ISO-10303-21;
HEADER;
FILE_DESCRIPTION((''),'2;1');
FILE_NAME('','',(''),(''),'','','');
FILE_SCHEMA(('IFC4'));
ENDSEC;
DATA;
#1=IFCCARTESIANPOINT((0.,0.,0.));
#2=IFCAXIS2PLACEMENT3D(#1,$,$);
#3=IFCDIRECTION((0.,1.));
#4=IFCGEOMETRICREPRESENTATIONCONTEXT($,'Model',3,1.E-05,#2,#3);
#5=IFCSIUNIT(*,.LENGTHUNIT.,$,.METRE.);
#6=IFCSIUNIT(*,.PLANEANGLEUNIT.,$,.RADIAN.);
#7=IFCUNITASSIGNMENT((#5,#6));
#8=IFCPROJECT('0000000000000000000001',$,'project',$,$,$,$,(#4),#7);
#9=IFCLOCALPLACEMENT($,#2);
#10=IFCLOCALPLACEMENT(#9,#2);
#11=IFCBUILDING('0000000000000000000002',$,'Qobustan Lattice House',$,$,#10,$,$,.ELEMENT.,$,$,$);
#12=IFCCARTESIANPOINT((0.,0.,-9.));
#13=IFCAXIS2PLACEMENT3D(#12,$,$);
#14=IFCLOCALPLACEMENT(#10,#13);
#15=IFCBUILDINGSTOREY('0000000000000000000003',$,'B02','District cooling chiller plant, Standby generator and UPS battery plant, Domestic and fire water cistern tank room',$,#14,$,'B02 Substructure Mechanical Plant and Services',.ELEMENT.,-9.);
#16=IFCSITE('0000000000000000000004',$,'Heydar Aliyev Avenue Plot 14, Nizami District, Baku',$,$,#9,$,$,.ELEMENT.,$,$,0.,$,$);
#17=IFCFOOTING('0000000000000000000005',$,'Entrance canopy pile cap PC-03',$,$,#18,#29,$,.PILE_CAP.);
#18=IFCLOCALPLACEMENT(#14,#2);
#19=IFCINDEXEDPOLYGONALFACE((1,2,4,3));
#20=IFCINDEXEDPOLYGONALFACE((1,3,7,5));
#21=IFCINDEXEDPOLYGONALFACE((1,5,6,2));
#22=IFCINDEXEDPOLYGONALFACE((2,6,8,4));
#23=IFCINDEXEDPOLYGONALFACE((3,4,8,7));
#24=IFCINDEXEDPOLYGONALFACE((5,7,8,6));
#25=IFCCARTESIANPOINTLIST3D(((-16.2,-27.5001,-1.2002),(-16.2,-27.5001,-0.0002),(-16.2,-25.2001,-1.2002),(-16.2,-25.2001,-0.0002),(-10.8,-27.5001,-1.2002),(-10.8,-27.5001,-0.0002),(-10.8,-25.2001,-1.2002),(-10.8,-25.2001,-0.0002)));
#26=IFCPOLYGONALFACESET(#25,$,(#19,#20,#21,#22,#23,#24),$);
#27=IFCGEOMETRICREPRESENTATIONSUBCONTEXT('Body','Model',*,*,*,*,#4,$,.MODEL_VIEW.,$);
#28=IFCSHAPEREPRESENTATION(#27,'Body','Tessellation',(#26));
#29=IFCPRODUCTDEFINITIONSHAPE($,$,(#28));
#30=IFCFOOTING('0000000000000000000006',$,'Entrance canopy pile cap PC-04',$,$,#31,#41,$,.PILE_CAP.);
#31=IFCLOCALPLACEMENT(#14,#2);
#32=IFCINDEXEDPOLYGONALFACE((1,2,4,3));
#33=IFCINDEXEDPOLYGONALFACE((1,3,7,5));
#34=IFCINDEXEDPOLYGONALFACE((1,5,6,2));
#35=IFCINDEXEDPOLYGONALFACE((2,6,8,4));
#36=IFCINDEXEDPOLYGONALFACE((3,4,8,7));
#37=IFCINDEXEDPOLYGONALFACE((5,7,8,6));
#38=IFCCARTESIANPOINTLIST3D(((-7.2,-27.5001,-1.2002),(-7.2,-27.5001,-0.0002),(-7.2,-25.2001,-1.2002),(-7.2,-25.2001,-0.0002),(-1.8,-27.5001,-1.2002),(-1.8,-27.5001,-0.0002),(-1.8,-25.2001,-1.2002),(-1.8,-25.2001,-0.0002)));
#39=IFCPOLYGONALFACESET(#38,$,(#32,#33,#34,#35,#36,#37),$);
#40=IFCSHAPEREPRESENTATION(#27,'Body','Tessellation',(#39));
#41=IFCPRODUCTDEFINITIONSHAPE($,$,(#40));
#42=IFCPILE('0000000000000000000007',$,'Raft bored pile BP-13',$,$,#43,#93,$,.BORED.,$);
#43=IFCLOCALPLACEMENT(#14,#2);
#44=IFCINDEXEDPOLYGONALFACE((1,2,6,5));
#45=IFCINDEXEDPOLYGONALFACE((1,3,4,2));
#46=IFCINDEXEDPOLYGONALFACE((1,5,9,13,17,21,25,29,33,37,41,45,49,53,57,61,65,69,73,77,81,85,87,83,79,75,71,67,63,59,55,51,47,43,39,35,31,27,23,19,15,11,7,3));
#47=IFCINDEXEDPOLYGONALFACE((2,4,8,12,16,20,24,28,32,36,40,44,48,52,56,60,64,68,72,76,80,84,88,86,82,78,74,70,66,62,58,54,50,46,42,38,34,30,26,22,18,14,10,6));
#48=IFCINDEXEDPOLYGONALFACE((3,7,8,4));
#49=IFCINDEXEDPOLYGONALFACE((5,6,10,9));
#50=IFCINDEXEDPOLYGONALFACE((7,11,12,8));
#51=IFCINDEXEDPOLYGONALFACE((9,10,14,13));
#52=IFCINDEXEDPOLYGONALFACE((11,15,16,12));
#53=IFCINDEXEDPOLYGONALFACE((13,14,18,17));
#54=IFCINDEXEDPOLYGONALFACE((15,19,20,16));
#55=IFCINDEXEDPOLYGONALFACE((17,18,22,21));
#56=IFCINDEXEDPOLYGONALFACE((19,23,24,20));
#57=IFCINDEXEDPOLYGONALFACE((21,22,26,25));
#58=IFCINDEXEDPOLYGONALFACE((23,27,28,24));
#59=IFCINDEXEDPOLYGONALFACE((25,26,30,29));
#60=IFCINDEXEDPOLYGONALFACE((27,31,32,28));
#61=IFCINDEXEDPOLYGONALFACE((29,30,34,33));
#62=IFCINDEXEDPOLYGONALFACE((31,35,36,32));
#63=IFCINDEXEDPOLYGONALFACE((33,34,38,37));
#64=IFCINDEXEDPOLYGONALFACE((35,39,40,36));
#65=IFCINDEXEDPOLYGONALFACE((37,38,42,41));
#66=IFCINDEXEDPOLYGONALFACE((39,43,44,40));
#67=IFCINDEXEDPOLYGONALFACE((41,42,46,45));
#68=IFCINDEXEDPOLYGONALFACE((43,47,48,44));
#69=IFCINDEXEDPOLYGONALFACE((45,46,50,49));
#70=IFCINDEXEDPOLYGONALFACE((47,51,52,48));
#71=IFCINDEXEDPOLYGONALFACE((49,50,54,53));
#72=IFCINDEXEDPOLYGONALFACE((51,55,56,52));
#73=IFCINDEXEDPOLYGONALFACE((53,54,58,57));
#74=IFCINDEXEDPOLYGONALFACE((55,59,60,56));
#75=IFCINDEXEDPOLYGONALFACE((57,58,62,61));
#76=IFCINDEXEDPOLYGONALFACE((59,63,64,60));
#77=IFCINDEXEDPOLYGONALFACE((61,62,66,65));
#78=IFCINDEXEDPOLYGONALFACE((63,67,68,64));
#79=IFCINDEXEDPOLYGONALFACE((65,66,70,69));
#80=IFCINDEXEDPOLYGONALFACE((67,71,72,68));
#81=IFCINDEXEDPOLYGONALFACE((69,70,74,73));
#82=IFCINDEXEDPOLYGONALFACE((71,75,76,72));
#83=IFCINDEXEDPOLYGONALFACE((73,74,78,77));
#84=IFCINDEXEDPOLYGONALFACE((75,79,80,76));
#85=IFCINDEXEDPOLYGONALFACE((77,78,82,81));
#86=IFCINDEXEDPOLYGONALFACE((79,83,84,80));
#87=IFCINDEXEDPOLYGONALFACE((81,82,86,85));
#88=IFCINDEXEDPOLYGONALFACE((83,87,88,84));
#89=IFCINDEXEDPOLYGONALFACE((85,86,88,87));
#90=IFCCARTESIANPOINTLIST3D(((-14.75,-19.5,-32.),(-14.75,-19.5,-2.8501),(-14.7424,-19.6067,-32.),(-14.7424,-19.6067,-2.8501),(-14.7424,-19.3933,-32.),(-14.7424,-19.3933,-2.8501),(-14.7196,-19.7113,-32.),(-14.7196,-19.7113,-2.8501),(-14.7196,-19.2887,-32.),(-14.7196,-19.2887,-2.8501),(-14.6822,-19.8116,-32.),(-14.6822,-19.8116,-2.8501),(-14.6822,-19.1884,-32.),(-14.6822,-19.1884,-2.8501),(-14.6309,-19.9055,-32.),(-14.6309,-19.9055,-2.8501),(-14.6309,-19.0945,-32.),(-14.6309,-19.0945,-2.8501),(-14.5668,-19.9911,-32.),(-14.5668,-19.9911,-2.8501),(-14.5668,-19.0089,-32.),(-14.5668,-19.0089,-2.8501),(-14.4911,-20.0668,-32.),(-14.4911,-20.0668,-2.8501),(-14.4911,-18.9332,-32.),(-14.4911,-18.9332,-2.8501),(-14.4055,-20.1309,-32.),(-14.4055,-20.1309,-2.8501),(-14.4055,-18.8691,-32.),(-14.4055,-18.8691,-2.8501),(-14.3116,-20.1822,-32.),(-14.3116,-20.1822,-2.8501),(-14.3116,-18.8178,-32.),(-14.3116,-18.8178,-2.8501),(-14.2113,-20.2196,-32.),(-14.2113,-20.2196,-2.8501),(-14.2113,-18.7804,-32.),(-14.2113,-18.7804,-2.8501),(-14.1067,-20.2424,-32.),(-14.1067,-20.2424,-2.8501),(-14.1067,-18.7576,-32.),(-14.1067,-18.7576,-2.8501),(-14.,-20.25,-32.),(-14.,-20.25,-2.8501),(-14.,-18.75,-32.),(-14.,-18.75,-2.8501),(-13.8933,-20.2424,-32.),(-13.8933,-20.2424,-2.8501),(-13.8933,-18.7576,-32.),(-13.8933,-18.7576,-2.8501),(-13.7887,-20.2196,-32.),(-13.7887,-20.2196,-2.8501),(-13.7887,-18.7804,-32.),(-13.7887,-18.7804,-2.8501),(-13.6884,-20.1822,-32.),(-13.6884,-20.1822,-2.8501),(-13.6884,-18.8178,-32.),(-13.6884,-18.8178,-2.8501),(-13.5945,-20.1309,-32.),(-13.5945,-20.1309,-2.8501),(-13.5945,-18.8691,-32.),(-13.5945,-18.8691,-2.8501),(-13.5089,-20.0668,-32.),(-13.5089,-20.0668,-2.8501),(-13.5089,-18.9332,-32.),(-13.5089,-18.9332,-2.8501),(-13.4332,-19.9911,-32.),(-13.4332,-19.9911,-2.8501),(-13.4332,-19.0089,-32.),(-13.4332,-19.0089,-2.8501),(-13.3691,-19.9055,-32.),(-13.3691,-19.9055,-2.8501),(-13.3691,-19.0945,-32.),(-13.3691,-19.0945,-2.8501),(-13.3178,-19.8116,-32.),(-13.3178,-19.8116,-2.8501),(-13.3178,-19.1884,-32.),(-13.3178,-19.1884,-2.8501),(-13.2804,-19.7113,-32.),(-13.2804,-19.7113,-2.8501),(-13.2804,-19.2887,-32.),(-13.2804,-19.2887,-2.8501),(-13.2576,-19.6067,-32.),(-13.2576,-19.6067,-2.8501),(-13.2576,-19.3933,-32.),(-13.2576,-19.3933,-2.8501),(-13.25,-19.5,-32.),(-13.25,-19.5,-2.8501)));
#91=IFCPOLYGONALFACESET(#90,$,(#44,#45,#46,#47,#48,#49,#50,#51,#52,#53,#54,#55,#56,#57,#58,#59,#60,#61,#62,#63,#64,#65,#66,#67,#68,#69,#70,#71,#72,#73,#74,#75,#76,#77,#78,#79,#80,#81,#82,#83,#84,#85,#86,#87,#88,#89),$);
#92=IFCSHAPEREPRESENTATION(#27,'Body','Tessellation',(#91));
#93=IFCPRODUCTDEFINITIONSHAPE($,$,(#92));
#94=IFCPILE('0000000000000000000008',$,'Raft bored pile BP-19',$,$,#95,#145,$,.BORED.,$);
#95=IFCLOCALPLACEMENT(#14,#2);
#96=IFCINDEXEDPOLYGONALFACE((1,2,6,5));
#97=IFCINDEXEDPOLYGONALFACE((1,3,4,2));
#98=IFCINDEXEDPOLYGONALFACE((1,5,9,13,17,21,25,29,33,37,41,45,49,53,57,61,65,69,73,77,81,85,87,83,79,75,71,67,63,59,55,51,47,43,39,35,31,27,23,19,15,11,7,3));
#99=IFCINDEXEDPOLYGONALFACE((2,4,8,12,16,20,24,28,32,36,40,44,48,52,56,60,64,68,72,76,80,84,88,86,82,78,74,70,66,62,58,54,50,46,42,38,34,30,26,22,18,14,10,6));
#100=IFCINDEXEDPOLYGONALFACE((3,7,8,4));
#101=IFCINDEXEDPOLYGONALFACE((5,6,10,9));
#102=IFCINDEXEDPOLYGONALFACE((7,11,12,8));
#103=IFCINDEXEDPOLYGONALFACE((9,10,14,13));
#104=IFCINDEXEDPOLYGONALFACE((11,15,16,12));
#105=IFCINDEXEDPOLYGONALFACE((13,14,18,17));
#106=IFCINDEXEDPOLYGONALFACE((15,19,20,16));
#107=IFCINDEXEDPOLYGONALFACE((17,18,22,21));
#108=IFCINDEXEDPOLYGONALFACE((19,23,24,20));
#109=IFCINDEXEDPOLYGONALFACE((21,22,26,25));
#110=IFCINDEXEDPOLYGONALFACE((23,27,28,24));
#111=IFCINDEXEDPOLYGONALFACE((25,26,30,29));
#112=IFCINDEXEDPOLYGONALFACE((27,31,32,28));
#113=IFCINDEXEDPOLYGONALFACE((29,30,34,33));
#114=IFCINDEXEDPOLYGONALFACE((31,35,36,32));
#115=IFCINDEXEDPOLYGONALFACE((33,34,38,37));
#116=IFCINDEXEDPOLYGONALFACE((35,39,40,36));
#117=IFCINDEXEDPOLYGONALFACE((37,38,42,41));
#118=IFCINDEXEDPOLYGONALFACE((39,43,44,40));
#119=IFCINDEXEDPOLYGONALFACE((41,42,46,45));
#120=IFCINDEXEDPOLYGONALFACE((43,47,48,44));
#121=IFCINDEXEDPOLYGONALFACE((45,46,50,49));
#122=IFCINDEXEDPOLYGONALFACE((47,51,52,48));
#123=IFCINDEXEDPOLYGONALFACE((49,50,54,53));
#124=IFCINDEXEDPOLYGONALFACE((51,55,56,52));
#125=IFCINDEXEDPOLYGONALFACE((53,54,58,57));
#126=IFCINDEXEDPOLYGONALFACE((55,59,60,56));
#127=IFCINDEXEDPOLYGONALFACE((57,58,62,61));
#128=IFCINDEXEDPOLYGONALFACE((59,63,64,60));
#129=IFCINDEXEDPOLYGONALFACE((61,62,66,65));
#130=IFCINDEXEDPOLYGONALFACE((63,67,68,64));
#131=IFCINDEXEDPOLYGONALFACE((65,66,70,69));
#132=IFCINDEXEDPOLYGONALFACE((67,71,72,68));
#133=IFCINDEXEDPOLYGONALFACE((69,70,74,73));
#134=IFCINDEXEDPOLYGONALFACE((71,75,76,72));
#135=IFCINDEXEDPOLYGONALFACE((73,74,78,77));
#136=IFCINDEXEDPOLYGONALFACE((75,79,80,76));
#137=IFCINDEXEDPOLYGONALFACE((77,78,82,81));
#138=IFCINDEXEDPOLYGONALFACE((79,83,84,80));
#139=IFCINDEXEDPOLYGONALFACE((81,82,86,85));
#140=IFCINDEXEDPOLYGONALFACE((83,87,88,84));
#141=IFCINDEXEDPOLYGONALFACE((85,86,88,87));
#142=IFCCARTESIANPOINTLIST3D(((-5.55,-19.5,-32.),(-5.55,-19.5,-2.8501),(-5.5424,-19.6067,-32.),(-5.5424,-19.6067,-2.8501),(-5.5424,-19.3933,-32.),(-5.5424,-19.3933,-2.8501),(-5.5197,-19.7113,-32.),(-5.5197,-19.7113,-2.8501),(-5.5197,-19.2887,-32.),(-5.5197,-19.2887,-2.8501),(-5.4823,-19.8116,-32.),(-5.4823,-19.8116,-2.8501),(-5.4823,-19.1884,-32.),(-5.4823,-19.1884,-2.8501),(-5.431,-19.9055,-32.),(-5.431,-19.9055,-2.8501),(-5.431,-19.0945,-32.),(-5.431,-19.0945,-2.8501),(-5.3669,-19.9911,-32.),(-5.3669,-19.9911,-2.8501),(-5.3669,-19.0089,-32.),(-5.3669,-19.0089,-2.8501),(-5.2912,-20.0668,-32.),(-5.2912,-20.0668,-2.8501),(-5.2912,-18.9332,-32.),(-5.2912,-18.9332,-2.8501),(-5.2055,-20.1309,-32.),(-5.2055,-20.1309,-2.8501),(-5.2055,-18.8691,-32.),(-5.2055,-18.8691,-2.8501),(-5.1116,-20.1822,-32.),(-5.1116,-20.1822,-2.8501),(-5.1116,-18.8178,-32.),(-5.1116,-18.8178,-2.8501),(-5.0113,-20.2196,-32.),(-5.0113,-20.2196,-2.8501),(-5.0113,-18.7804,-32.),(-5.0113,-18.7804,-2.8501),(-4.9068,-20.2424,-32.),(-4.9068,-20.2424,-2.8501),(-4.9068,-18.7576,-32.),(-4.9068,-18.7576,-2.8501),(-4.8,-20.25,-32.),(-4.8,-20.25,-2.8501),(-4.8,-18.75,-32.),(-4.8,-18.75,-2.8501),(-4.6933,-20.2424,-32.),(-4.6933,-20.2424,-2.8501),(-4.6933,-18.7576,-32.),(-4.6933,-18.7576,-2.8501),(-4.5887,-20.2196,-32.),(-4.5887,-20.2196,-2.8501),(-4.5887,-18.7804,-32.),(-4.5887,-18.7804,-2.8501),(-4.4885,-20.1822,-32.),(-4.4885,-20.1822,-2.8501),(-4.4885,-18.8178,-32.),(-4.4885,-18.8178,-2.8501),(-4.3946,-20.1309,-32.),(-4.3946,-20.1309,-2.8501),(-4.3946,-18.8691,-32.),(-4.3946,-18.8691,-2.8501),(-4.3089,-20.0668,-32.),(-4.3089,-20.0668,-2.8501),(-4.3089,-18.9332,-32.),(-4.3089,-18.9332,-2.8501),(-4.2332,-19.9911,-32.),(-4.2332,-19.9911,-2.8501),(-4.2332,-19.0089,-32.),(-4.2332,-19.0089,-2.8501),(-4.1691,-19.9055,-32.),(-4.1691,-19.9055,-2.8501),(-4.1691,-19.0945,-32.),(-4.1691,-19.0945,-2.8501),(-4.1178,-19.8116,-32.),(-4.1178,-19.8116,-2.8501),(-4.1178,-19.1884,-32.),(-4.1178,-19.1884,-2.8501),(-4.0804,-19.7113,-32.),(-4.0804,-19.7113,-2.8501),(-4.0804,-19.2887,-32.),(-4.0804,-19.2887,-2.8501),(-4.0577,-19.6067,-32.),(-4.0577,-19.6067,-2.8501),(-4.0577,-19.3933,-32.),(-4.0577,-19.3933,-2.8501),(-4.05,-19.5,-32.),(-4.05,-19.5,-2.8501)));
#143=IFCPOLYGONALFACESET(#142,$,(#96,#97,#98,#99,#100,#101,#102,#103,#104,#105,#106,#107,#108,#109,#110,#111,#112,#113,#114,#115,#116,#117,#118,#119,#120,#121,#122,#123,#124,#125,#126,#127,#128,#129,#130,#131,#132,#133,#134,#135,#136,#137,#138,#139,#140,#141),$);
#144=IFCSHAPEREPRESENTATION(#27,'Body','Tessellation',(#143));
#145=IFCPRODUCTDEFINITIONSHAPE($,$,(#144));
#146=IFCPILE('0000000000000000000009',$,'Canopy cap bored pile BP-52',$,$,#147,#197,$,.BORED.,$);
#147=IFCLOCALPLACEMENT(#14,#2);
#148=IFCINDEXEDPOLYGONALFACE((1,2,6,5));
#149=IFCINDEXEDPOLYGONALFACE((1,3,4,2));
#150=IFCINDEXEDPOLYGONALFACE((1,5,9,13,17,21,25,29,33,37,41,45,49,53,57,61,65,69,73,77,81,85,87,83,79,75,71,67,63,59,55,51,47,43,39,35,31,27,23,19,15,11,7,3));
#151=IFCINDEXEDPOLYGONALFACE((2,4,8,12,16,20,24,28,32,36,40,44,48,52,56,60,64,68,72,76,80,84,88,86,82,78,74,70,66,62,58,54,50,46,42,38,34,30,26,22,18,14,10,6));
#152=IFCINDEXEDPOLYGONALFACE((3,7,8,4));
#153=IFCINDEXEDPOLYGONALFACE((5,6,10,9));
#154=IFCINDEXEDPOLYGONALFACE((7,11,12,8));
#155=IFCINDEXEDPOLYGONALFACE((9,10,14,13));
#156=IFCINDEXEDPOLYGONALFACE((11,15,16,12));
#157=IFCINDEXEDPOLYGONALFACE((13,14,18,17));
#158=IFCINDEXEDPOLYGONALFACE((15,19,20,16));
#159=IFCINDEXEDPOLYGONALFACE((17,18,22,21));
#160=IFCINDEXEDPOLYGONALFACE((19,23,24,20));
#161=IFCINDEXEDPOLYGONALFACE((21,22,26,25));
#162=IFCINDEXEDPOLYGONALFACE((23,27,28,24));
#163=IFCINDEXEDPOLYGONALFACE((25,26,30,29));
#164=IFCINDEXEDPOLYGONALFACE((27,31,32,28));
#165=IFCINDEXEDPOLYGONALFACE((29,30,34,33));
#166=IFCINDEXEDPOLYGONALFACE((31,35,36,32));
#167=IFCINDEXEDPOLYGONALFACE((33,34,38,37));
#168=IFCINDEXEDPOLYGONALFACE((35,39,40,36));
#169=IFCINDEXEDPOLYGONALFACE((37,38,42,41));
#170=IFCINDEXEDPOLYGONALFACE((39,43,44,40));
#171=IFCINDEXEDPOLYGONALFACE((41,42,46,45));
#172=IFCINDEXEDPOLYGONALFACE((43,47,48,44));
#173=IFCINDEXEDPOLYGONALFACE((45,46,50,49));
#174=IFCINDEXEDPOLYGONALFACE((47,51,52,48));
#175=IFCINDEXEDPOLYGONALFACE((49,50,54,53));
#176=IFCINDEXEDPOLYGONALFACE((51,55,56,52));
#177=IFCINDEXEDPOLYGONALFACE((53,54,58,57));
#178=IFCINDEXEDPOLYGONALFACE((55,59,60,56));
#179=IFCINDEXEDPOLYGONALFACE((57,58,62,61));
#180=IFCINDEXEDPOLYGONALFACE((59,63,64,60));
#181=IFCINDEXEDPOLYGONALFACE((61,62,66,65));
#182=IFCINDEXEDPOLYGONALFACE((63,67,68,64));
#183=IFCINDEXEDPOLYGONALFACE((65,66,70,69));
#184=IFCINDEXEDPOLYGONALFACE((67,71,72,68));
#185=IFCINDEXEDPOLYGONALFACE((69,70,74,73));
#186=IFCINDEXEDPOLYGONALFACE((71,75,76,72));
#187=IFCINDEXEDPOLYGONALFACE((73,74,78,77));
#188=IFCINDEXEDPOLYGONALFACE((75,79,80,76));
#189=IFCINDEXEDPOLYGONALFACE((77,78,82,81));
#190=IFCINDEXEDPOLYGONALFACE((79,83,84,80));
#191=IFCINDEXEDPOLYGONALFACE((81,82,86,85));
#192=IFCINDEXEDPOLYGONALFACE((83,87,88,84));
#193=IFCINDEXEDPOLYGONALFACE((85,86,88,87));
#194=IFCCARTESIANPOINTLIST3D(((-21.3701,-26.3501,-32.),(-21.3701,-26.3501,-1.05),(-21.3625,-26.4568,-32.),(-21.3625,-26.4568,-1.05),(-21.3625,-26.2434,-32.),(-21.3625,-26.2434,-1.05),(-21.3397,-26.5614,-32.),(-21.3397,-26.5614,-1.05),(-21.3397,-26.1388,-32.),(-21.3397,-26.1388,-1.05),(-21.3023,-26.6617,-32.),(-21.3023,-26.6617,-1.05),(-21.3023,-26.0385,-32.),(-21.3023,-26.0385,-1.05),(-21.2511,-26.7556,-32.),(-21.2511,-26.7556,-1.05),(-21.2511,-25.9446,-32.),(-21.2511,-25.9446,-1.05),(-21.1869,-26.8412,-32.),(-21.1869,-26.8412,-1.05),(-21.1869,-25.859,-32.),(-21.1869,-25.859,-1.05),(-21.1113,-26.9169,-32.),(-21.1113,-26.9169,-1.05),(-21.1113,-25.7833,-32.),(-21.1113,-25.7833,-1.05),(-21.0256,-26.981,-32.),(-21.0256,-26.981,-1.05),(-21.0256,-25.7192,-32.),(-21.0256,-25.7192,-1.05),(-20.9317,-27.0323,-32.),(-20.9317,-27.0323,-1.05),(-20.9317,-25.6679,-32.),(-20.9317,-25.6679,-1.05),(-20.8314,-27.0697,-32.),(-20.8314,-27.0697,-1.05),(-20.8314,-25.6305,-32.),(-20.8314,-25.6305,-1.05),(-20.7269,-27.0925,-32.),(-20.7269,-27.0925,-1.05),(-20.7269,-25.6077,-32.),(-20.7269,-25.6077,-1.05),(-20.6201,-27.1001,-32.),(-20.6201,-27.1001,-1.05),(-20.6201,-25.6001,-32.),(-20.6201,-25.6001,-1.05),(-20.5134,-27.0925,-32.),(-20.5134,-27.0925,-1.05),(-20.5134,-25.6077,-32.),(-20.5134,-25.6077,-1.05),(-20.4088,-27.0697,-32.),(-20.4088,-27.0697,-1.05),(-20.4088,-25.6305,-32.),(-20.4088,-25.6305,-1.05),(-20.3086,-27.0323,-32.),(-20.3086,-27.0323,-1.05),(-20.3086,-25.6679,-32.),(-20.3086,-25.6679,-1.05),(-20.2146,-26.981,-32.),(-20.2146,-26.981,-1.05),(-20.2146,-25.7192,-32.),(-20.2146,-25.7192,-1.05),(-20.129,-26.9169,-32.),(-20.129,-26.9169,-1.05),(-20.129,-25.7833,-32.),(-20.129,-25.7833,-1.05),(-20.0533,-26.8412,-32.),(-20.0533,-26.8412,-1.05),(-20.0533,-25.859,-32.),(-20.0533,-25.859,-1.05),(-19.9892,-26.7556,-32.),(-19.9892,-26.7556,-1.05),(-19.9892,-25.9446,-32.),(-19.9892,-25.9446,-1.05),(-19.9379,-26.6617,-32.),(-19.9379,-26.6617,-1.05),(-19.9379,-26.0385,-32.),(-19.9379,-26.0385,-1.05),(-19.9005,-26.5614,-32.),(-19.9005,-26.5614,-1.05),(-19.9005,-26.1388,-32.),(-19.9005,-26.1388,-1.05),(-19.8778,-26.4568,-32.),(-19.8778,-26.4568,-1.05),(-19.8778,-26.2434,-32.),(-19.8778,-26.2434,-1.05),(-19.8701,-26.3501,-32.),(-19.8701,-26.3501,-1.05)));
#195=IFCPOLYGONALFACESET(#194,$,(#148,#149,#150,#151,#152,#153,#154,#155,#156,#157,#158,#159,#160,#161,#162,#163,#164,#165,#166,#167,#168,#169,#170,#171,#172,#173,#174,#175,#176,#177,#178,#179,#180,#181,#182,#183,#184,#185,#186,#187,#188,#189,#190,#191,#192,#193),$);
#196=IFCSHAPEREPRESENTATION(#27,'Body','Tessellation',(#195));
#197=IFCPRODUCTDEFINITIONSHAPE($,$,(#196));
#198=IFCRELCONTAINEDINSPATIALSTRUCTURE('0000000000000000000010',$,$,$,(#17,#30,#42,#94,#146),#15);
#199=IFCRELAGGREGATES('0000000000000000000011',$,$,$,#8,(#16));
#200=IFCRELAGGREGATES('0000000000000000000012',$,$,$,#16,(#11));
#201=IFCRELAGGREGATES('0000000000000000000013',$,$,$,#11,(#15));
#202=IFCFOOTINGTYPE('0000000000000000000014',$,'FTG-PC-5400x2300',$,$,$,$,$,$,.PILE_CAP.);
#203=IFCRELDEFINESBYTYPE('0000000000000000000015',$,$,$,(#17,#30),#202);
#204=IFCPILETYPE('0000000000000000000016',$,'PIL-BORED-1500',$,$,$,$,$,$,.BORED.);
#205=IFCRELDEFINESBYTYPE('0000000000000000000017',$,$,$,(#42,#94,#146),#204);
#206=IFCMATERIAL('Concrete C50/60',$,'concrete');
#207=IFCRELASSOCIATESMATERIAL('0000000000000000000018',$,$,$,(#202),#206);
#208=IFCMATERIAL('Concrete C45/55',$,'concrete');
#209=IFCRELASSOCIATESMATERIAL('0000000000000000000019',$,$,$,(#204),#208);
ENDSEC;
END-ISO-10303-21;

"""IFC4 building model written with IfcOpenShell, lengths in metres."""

from ifc_helpers import new_model, si_unit, direction, frame, origin, origin_2d, place, context, subcontext, project, spatial, rectangle, circle, extrude, material, material_profile, profile_set, type_object, element, save


model = new_model("IFC4")

# Units and contexts
model_context = context("Model", 3, precision=1e-05, world=origin(), true_north=direction((0.0, 1.0)))
body_context = subcontext(model_context, "Body", "Model", "MODEL_VIEW")
ifc_project = project(units=[si_unit("LENGTHUNIT", "METRE"), si_unit("PLANEANGLEUNIT", "RADIAN")], contexts=[model_context])

# Site, building, storey
site_placement = place(None, origin())
site = spatial("IfcSite", under=ifc_project, at=site_placement, Name="Heydar Aliyev Avenue Plot 14, Nizami District, Baku", CompositionType="ELEMENT", RefElevation=0.0)
building_placement = place(site_placement, origin())
building = spatial("IfcBuilding", under=site, at=building_placement, Name="Qobustan Lattice House", CompositionType="ELEMENT")
storey_placement = place(building_placement, frame((0.0, 0.0, -9.0)))
storey = spatial("IfcBuildingStorey", under=building, at=storey_placement, Name="B02", Description="District cooling chiller plant, Standby generator and UPS battery plant, Domestic and fire water cistern tank room", LongName="B02 Substructure Mechanical Plant and Services", CompositionType="ELEMENT", Elevation=-9.0)

# Footings
ifc_material_1 = material(Name="Concrete C50/60", Category="concrete")
footing_type = type_object("IfcFootingType", Name="FTG-PC-5400x2300", PredefinedType="PILE_CAP", material=ifc_material_1)
for number, where, z_axis, x_axis, name in (
    (1, (-13.5, -26.3501, -1.2002), (0.0, 0.0, 1.0), (1.0, 0.0, 0.0), "Entrance canopy pile cap PC-03"),
    (2, (-4.5, -26.3501, -1.2002), (0.0, 0.0, 1.0), (1.0, 0.0, 0.0), "Entrance canopy pile cap PC-04"),
):
    element("IfcFooting", number, at=place(storey_placement, frame(where, z_axis=z_axis, x_axis=x_axis)), inside=storey, type_object=footing_type, Name=name, PredefinedType="PILE_CAP", context=body_context, shape_type="SweptSolid", body=[
        extrude(rectangle(XDim=5.3999, YDim=2.3, at=origin_2d()), origin(), (0.0, 0.0, 1.0), 1.2),
    ])

# Piles
ifc_material_2 = material(Name="Concrete C45/55", Category="concrete")
ifc_material_profile_1 = material_profile(ifc_material_2, circle(Radius=0.75, at=origin_2d()), Name="PILE-D1500")
ifc_profile_set_1 = profile_set([ifc_material_profile_1], Name="Concrete C45/55")
pile_type = type_object("IfcPileType", Name="PIL-BORED-1500", PredefinedType="BORED", material=ifc_profile_set_1)
for number, where, z_axis, x_axis, name in (
    (3, (-14.0, -19.5, -2.8501), (0.0, 0.0, -1.0), (1.0, 0.0, 0.0), "Raft bored pile BP-13"),
    (4, (-4.8, -19.5, -2.8501), (0.0, 0.0, -1.0), (1.0, 0.0, 0.0), "Raft bored pile BP-19"),
):
    element("IfcPile", number, at=place(storey_placement, frame(where, z_axis=z_axis, x_axis=x_axis)), inside=storey, type_object=pile_type, Name=name, PredefinedType="BORED", context=body_context, shape_type="SweptSolid", body=[
        extrude(circle(Radius=0.75, at=origin_2d()), origin(), (0.0, 0.0, 1.0), 29.1499),
    ])
for number, where, z_axis, x_axis, name in (
    (5, (-20.6201, -26.3501, -1.05), (0.0, 0.0, -1.0), (1.0, 0.0, 0.0), "Canopy cap bored pile BP-52"),
):
    element("IfcPile", number, at=place(storey_placement, frame(where, z_axis=z_axis, x_axis=x_axis)), inside=storey, type_object=pile_type, Name=name, PredefinedType="BORED", context=body_context, shape_type="SweptSolid", body=[
        extrude(circle(Radius=0.75, at=origin_2d()), origin(), (0.0, 0.0, 1.0), 30.95),
    ])

save(model, "model.ifc")
